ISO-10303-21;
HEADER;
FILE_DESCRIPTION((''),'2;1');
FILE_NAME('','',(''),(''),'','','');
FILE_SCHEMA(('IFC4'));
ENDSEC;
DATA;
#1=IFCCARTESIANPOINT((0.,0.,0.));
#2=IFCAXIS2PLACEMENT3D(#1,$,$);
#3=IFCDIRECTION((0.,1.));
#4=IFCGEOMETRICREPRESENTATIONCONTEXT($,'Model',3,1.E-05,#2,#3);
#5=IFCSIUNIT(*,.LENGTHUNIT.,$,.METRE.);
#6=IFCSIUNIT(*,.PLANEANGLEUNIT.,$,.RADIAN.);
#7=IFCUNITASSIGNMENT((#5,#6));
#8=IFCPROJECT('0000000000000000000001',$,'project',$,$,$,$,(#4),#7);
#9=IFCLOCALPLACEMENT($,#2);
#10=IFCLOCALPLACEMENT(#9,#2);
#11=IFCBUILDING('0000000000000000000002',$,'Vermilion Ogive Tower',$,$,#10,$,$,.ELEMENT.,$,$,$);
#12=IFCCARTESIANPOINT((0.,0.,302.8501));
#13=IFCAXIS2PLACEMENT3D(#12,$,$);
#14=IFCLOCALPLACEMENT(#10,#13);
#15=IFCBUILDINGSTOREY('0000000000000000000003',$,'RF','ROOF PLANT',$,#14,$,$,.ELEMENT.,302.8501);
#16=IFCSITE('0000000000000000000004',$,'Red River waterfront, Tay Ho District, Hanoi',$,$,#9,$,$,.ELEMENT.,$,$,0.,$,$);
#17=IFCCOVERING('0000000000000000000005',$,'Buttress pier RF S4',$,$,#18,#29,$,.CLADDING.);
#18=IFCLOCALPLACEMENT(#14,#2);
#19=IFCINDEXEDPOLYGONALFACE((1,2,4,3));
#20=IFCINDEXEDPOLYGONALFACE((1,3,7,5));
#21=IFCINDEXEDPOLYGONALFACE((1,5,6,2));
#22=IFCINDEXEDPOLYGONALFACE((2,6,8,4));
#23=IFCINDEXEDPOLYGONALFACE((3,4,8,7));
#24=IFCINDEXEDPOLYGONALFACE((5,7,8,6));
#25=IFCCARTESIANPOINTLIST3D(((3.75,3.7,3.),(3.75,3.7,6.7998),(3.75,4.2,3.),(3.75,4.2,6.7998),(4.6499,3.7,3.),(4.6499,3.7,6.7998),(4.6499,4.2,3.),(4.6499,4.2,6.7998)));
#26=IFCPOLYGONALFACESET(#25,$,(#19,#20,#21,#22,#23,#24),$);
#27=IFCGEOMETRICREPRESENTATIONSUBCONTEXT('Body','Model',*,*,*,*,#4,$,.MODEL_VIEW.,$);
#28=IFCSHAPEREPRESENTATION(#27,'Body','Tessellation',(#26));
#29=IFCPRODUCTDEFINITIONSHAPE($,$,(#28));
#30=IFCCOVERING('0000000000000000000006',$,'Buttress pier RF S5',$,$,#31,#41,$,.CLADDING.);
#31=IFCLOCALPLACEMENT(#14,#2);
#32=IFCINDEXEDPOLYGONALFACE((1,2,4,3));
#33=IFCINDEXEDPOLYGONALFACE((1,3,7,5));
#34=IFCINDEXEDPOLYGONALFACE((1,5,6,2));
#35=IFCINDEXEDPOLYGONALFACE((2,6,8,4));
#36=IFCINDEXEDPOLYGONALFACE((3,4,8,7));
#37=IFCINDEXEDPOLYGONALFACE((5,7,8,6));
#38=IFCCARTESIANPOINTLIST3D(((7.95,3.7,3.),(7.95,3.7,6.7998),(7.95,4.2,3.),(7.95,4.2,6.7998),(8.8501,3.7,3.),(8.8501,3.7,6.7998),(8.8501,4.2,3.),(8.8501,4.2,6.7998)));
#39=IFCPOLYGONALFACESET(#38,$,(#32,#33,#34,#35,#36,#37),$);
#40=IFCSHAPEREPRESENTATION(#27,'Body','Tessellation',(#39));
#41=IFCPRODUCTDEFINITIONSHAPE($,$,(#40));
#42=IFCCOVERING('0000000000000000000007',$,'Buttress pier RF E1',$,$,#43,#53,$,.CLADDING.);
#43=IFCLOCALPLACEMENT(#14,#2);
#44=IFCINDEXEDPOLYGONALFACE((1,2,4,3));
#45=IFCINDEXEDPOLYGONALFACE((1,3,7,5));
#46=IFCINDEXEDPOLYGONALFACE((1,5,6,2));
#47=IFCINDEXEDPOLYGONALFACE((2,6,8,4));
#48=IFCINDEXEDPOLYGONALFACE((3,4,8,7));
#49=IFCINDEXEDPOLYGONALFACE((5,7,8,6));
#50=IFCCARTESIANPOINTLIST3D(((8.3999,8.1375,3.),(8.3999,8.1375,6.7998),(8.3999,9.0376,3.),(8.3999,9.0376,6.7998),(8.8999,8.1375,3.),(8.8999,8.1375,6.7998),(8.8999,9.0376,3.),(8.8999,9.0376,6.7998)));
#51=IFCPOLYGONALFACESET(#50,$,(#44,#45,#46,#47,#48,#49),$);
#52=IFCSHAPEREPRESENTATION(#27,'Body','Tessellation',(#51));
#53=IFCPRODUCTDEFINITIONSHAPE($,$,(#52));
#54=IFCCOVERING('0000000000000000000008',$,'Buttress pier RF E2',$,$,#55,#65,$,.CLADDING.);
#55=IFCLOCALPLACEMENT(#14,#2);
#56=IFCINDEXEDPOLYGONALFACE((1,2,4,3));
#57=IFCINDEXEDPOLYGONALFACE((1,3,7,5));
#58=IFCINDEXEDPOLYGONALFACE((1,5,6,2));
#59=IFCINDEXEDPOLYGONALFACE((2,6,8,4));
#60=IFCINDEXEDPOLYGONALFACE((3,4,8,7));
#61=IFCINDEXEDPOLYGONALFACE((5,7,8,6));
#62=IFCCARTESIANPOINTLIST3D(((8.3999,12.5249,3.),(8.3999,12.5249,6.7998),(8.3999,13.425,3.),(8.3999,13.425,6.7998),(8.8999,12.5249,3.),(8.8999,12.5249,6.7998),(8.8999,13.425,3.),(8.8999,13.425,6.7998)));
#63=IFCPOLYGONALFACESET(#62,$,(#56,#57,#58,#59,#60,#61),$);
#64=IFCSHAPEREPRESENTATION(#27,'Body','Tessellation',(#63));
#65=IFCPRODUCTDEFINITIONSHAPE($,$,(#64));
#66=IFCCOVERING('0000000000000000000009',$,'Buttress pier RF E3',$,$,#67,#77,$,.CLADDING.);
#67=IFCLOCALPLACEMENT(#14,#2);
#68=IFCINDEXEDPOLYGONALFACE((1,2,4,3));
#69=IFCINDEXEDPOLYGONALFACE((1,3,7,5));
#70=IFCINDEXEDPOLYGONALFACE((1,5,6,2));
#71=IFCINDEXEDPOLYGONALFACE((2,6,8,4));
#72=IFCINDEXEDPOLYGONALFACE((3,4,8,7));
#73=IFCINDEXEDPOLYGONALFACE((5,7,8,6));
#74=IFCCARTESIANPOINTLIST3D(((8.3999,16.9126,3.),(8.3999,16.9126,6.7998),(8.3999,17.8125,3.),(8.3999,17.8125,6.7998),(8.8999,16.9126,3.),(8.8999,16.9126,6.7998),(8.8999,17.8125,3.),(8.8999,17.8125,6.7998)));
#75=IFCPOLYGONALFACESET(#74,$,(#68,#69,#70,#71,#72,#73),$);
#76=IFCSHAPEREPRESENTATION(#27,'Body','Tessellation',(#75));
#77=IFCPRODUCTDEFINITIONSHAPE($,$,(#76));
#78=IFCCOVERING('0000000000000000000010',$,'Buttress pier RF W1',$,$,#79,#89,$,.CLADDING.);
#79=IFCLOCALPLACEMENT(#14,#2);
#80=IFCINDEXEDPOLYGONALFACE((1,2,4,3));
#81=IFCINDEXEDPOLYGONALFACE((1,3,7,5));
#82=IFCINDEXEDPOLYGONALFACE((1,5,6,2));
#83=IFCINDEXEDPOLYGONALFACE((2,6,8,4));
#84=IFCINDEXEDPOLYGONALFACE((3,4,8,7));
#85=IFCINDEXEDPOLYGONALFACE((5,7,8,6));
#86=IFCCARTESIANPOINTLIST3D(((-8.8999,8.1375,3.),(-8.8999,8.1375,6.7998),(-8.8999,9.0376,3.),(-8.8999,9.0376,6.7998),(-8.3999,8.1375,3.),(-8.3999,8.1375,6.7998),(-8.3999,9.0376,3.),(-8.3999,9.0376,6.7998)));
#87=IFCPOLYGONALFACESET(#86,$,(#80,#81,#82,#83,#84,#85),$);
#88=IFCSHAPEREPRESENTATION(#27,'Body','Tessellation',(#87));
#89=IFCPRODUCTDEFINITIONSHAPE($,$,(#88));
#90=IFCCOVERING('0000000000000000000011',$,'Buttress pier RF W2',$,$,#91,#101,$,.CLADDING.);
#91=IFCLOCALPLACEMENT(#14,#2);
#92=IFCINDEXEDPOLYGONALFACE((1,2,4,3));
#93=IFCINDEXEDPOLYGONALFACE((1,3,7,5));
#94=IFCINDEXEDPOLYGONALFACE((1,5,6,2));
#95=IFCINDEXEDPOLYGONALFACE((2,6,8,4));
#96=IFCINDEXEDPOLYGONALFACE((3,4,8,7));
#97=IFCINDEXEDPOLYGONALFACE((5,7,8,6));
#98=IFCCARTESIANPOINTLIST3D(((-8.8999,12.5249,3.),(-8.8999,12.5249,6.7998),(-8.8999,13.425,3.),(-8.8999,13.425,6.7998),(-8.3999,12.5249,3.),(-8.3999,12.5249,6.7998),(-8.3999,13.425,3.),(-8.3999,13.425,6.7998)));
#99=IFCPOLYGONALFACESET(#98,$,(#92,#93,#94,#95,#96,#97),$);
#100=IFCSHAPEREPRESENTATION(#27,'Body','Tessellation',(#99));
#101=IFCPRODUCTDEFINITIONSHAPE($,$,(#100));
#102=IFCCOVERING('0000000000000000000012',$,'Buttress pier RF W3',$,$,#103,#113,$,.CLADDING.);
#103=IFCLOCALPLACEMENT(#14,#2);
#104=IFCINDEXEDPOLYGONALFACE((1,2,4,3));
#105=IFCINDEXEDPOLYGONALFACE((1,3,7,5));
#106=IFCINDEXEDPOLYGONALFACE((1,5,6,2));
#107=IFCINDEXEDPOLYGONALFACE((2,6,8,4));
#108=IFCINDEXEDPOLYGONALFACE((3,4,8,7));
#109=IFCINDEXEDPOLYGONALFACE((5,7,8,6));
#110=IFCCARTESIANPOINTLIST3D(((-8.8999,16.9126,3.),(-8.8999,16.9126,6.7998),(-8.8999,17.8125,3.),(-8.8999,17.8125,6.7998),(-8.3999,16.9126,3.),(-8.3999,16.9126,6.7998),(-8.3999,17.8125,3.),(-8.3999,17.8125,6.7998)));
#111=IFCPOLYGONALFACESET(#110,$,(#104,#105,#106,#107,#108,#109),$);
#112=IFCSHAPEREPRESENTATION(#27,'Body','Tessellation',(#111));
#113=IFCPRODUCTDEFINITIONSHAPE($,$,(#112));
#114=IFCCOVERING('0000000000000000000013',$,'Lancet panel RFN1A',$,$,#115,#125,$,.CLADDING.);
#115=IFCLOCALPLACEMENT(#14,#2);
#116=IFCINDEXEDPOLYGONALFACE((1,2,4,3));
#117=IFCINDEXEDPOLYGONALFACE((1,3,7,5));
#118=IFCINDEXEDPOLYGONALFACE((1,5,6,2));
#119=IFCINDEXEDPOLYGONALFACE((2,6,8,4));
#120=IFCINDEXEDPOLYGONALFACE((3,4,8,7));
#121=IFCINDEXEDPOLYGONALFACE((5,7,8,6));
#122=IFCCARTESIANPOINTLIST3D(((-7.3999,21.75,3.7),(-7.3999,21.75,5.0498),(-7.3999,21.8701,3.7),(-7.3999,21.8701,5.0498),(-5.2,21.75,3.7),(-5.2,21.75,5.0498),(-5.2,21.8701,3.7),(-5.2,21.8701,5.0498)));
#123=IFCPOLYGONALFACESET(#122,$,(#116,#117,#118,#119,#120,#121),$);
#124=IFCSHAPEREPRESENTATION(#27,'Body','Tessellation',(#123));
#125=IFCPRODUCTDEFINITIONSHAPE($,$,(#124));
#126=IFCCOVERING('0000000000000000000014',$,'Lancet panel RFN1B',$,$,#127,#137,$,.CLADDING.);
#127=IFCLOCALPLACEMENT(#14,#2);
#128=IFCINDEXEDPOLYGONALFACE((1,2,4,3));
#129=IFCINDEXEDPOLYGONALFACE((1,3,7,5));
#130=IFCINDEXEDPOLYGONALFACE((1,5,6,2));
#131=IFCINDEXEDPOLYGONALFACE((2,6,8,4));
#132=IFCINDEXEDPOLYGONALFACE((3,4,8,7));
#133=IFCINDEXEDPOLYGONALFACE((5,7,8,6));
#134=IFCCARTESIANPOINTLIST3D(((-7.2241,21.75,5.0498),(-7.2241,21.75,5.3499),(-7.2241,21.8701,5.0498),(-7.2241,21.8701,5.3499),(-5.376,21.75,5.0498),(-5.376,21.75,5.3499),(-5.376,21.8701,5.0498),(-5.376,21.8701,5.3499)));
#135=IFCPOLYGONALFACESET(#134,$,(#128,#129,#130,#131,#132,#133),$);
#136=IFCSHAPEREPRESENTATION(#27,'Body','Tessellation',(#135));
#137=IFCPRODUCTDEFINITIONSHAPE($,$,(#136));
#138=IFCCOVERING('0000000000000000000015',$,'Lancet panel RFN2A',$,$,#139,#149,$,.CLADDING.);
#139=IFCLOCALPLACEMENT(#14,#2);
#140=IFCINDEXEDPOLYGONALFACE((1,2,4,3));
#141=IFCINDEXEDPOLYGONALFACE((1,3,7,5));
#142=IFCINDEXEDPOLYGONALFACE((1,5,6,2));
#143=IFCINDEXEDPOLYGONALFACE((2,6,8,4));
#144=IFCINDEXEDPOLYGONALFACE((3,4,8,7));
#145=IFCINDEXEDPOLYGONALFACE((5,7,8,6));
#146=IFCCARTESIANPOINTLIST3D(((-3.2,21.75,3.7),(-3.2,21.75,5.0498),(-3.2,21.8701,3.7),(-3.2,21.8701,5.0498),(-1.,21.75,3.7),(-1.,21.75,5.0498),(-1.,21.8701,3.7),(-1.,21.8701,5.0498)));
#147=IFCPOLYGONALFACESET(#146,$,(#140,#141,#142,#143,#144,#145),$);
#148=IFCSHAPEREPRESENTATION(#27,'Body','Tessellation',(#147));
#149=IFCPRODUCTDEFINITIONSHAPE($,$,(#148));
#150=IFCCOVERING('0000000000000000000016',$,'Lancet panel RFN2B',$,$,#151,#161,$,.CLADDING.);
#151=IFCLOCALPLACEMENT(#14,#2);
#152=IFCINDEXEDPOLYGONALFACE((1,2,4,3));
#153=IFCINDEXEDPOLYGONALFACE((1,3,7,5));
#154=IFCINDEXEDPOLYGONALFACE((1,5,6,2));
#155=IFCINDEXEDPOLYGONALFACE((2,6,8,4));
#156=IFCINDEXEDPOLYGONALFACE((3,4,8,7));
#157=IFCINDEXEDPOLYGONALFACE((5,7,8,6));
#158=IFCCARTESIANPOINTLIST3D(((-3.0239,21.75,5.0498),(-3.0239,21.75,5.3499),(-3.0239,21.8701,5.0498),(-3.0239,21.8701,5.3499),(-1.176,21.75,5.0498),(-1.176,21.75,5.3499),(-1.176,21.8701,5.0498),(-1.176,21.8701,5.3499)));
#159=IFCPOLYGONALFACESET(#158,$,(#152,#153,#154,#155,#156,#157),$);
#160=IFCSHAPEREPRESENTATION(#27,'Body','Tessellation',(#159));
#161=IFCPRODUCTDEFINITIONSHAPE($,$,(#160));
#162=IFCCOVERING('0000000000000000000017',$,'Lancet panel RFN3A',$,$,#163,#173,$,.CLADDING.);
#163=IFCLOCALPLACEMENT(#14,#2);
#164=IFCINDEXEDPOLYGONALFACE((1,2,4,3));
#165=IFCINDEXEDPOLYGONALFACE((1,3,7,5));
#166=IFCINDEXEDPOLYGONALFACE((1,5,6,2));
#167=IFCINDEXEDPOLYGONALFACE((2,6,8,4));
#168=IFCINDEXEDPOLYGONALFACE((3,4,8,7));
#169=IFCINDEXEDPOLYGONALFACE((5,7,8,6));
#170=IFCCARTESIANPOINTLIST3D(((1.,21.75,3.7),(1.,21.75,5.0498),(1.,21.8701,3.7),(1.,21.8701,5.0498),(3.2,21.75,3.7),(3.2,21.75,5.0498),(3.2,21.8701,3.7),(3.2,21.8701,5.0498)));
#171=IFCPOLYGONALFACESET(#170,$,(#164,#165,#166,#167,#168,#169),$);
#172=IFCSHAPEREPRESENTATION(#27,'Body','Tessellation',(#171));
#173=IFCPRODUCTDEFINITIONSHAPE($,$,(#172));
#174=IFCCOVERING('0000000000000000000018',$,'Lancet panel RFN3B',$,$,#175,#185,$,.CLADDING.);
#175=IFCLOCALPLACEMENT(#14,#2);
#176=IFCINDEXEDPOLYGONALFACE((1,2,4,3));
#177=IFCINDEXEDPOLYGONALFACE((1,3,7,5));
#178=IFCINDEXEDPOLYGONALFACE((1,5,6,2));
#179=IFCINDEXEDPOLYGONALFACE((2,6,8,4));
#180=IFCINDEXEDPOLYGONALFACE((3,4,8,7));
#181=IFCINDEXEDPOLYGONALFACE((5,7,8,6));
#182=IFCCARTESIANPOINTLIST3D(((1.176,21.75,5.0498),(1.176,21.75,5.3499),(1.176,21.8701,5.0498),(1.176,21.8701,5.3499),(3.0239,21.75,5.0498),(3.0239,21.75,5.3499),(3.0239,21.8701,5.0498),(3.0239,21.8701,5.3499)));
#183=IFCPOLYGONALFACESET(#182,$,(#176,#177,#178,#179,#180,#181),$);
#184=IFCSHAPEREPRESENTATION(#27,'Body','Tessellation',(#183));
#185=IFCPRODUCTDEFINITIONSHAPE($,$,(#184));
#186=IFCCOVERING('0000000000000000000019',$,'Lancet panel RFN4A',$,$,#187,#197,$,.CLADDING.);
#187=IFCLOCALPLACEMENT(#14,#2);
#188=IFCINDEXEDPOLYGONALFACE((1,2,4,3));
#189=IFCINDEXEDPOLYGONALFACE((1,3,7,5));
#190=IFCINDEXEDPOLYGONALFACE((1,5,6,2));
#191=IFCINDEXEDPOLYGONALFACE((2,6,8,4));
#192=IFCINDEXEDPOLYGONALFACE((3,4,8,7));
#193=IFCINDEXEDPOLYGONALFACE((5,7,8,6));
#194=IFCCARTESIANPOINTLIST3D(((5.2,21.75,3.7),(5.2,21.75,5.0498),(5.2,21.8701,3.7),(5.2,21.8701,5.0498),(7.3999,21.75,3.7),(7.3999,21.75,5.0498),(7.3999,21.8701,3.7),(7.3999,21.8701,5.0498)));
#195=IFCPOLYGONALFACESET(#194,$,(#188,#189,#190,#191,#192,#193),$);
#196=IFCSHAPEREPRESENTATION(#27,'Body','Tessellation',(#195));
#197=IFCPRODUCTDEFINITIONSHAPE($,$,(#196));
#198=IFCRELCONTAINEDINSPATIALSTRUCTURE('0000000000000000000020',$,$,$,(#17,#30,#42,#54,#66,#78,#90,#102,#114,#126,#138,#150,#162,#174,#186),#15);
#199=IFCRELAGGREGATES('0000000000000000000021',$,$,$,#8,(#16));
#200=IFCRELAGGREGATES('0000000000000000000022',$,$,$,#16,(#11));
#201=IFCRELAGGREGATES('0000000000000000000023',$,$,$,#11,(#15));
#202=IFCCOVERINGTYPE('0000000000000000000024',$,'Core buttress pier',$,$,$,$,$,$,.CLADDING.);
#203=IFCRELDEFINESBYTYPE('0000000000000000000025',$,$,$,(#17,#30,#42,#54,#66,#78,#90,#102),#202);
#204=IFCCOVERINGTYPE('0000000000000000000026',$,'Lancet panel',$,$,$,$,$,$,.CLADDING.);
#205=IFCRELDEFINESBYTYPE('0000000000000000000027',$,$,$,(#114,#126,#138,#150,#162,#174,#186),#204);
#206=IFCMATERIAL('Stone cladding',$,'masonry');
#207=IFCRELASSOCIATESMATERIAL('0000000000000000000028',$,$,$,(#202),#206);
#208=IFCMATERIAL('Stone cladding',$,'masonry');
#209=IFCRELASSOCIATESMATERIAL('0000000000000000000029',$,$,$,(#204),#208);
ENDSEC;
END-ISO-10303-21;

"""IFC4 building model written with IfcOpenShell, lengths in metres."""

from ifc_helpers import new_model, si_unit, direction, frame, origin, place, context, subcontext, project, spatial, polyline, outline, extrude, material, type_object, element, save


model = new_model("IFC4")

# Units and contexts
model_context = context("Model", 3, precision=1e-05, world=origin(), true_north=direction((0.0, 1.0)))
body_context = subcontext(model_context, "Body", "Model", "MODEL_VIEW")
ifc_project = project(units=[si_unit("LENGTHUNIT", "METRE"), si_unit("PLANEANGLEUNIT", "RADIAN")], contexts=[model_context])

# Site, building, storey
site_placement = place(None, origin())
site = spatial("IfcSite", under=ifc_project, at=site_placement, Name="Red River waterfront, Tay Ho District, Hanoi", CompositionType="ELEMENT", RefElevation=0.0)
building_placement = place(site_placement, origin())
building = spatial("IfcBuilding", under=site, at=building_placement, Name="Vermilion Ogive Tower", CompositionType="ELEMENT")
storey_placement = place(building_placement, frame((0.0, 0.0, 302.8501)))
storey = spatial("IfcBuildingStorey", under=building, at=storey_placement, Name="RF", Description="ROOF PLANT", CompositionType="ELEMENT", Elevation=302.8501)

# Coverings
ifc_material_1 = material(Name="Stone cladding", Category="masonry")
covering_type_1 = type_object("IfcCoveringType", Name="Core buttress pier", PredefinedType="CLADDING", material=ifc_material_1)
covering_1_placement = place(storey_placement, frame((0.0, 0.0, 3.0)))
element("IfcCovering", 1, at=covering_1_placement, inside=storey, type_object=covering_type_1, Name="Buttress pier RF S4", PredefinedType="CLADDING", context=body_context, shape_type="SweptSolid", body=[
    extrude(outline(polyline([(4.6499, 4.2), (3.75, 4.2), (3.75, 3.7), (4.6499, 3.7), (4.6499, 4.2)])), origin(), (0.0, 0.0, 1.0), 3.7998),
])
covering_2_placement = place(storey_placement, frame((0.0, 0.0, 3.0)))
element("IfcCovering", 2, at=covering_2_placement, inside=storey, type_object=covering_type_1, Name="Buttress pier RF S5", PredefinedType="CLADDING", context=body_context, shape_type="SweptSolid", body=[
    extrude(outline(polyline([(8.8501, 4.2), (7.95, 4.2), (7.95, 3.7), (8.8501, 3.7), (8.8501, 4.2)])), origin(), (0.0, 0.0, 1.0), 3.7998),
])
covering_3_placement = place(storey_placement, frame((0.0, 0.0, 3.0)))
element("IfcCovering", 3, at=covering_3_placement, inside=storey, type_object=covering_type_1, Name="Buttress pier RF E1", PredefinedType="CLADDING", context=body_context, shape_type="SweptSolid", body=[
    extrude(outline(polyline([(8.3999, 9.0376), (8.3999, 8.1375), (8.8999, 8.1375), (8.8999, 9.0376), (8.3999, 9.0376)])), origin(), (0.0, 0.0, 1.0), 3.7998),
])
covering_4_placement = place(storey_placement, frame((0.0, 0.0, 3.0)))
element("IfcCovering", 4, at=covering_4_placement, inside=storey, type_object=covering_type_1, Name="Buttress pier RF E2", PredefinedType="CLADDING", context=body_context, shape_type="SweptSolid", body=[
    extrude(outline(polyline([(8.3999, 13.425), (8.3999, 12.5249), (8.8999, 12.5249), (8.8999, 13.425), (8.3999, 13.425)])), origin(), (0.0, 0.0, 1.0), 3.7998),
])
covering_5_placement = place(storey_placement, frame((0.0, 0.0, 3.0)))
element("IfcCovering", 5, at=covering_5_placement, inside=storey, type_object=covering_type_1, Name="Buttress pier RF E3", PredefinedType="CLADDING", context=body_context, shape_type="SweptSolid", body=[
    extrude(outline(polyline([(8.3999, 17.8125), (8.3999, 16.9126), (8.8999, 16.9126), (8.8999, 17.8125), (8.3999, 17.8125)])), origin(), (0.0, 0.0, 1.0), 3.7998),
])
covering_6_placement = place(storey_placement, frame((0.0, 0.0, 3.0)))
element("IfcCovering", 6, at=covering_6_placement, inside=storey, type_object=covering_type_1, Name="Buttress pier RF W1", PredefinedType="CLADDING", context=body_context, shape_type="SweptSolid", body=[
    extrude(outline(polyline([(-8.3999, 8.1375), (-8.3999, 9.0376), (-8.8999, 9.0376), (-8.8999, 8.1375), (-8.3999, 8.1375)])), origin(), (0.0, 0.0, 1.0), 3.7998),
])
covering_7_placement = place(storey_placement, frame((0.0, 0.0, 3.0)))
element("IfcCovering", 7, at=covering_7_placement, inside=storey, type_object=covering_type_1, Name="Buttress pier RF W2", PredefinedType="CLADDING", context=body_context, shape_type="SweptSolid", body=[
    extrude(outline(polyline([(-8.3999, 12.5249), (-8.3999, 13.425), (-8.8999, 13.425), (-8.8999, 12.5249), (-8.3999, 12.5249)])), origin(), (0.0, 0.0, 1.0), 3.7998),
])
covering_8_placement = place(storey_placement, frame((0.0, 0.0, 3.0)))
element("IfcCovering", 8, at=covering_8_placement, inside=storey, type_object=covering_type_1, Name="Buttress pier RF W3", PredefinedType="CLADDING", context=body_context, shape_type="SweptSolid", body=[
    extrude(outline(polyline([(-8.3999, 16.9126), (-8.3999, 17.8125), (-8.8999, 17.8125), (-8.8999, 16.9126), (-8.3999, 16.9126)])), origin(), (0.0, 0.0, 1.0), 3.7998),
])
ifc_material_2 = material(Name="Stone cladding", Category="masonry")
covering_type_2 = type_object("IfcCoveringType", Name="Lancet panel", PredefinedType="CLADDING", material=ifc_material_2)
covering_9_placement = place(storey_placement, frame((0.0, 0.0, 3.7)))
element("IfcCovering", 9, at=covering_9_placement, inside=storey, type_object=covering_type_2, Name="Lancet panel RFN1A", PredefinedType="CLADDING", context=body_context, shape_type="SweptSolid", body=[
    extrude(outline(polyline([(-7.3999, 21.75), (-5.2, 21.75), (-5.2, 21.8701), (-7.3999, 21.8701), (-7.3999, 21.75)])), origin(), (0.0, 0.0, 1.0), 1.3499),
])
covering_10_placement = place(storey_placement, frame((0.0, 0.0, 5.0498)))
element("IfcCovering", 10, at=covering_10_placement, inside=storey, type_object=covering_type_2, Name="Lancet panel RFN1B", PredefinedType="CLADDING", context=body_context, shape_type="SweptSolid", body=[
    extrude(outline(polyline([(-7.2241, 21.75), (-5.376, 21.75), (-5.376, 21.8701), (-7.2241, 21.8701), (-7.2241, 21.75)])), origin(), (0.0, 0.0, 1.0), 0.3),
])
covering_11_placement = place(storey_placement, frame((0.0, 0.0, 3.7)))
element("IfcCovering", 11, at=covering_11_placement, inside=storey, type_object=covering_type_2, Name="Lancet panel RFN2A", PredefinedType="CLADDING", context=body_context, shape_type="SweptSolid", body=[
    extrude(outline(polyline([(-3.2, 21.75), (-1.0, 21.75), (-1.0, 21.8701), (-3.2, 21.8701), (-3.2, 21.75)])), origin(), (0.0, 0.0, 1.0), 1.3499),
])
covering_12_placement = place(storey_placement, frame((0.0, 0.0, 5.0498)))
element("IfcCovering", 12, at=covering_12_placement, inside=storey, type_object=covering_type_2, Name="Lancet panel RFN2B", PredefinedType="CLADDING", context=body_context, shape_type="SweptSolid", body=[
    extrude(outline(polyline([(-3.0239, 21.75), (-1.176, 21.75), (-1.176, 21.8701), (-3.0239, 21.8701), (-3.0239, 21.75)])), origin(), (0.0, 0.0, 1.0), 0.3),
])
covering_13_placement = place(storey_placement, frame((0.0, 0.0, 3.7)))
element("IfcCovering", 13, at=covering_13_placement, inside=storey, type_object=covering_type_2, Name="Lancet panel RFN3A", PredefinedType="CLADDING", context=body_context, shape_type="SweptSolid", body=[
    extrude(outline(polyline([(1.0, 21.75), (3.2, 21.75), (3.2, 21.8701), (1.0, 21.8701), (1.0, 21.75)])), origin(), (0.0, 0.0, 1.0), 1.3499),
])
covering_14_placement = place(storey_placement, frame((0.0, 0.0, 5.0498)))
element("IfcCovering", 14, at=covering_14_placement, inside=storey, type_object=covering_type_2, Name="Lancet panel RFN3B", PredefinedType="CLADDING", context=body_context, shape_type="SweptSolid", body=[
    extrude(outline(polyline([(1.176, 21.75), (3.0239, 21.75), (3.0239, 21.8701), (1.176, 21.8701), (1.176, 21.75)])), origin(), (0.0, 0.0, 1.0), 0.3),
])
covering_15_placement = place(storey_placement, frame((0.0, 0.0, 3.7)))
element("IfcCovering", 15, at=covering_15_placement, inside=storey, type_object=covering_type_2, Name="Lancet panel RFN4A", PredefinedType="CLADDING", context=body_context, shape_type="SweptSolid", body=[
    extrude(outline(polyline([(5.2, 21.75), (7.3999, 21.75), (7.3999, 21.8701), (5.2, 21.8701), (5.2, 21.75)])), origin(), (0.0, 0.0, 1.0), 1.3499),
])

save(model, "model.ifc")
